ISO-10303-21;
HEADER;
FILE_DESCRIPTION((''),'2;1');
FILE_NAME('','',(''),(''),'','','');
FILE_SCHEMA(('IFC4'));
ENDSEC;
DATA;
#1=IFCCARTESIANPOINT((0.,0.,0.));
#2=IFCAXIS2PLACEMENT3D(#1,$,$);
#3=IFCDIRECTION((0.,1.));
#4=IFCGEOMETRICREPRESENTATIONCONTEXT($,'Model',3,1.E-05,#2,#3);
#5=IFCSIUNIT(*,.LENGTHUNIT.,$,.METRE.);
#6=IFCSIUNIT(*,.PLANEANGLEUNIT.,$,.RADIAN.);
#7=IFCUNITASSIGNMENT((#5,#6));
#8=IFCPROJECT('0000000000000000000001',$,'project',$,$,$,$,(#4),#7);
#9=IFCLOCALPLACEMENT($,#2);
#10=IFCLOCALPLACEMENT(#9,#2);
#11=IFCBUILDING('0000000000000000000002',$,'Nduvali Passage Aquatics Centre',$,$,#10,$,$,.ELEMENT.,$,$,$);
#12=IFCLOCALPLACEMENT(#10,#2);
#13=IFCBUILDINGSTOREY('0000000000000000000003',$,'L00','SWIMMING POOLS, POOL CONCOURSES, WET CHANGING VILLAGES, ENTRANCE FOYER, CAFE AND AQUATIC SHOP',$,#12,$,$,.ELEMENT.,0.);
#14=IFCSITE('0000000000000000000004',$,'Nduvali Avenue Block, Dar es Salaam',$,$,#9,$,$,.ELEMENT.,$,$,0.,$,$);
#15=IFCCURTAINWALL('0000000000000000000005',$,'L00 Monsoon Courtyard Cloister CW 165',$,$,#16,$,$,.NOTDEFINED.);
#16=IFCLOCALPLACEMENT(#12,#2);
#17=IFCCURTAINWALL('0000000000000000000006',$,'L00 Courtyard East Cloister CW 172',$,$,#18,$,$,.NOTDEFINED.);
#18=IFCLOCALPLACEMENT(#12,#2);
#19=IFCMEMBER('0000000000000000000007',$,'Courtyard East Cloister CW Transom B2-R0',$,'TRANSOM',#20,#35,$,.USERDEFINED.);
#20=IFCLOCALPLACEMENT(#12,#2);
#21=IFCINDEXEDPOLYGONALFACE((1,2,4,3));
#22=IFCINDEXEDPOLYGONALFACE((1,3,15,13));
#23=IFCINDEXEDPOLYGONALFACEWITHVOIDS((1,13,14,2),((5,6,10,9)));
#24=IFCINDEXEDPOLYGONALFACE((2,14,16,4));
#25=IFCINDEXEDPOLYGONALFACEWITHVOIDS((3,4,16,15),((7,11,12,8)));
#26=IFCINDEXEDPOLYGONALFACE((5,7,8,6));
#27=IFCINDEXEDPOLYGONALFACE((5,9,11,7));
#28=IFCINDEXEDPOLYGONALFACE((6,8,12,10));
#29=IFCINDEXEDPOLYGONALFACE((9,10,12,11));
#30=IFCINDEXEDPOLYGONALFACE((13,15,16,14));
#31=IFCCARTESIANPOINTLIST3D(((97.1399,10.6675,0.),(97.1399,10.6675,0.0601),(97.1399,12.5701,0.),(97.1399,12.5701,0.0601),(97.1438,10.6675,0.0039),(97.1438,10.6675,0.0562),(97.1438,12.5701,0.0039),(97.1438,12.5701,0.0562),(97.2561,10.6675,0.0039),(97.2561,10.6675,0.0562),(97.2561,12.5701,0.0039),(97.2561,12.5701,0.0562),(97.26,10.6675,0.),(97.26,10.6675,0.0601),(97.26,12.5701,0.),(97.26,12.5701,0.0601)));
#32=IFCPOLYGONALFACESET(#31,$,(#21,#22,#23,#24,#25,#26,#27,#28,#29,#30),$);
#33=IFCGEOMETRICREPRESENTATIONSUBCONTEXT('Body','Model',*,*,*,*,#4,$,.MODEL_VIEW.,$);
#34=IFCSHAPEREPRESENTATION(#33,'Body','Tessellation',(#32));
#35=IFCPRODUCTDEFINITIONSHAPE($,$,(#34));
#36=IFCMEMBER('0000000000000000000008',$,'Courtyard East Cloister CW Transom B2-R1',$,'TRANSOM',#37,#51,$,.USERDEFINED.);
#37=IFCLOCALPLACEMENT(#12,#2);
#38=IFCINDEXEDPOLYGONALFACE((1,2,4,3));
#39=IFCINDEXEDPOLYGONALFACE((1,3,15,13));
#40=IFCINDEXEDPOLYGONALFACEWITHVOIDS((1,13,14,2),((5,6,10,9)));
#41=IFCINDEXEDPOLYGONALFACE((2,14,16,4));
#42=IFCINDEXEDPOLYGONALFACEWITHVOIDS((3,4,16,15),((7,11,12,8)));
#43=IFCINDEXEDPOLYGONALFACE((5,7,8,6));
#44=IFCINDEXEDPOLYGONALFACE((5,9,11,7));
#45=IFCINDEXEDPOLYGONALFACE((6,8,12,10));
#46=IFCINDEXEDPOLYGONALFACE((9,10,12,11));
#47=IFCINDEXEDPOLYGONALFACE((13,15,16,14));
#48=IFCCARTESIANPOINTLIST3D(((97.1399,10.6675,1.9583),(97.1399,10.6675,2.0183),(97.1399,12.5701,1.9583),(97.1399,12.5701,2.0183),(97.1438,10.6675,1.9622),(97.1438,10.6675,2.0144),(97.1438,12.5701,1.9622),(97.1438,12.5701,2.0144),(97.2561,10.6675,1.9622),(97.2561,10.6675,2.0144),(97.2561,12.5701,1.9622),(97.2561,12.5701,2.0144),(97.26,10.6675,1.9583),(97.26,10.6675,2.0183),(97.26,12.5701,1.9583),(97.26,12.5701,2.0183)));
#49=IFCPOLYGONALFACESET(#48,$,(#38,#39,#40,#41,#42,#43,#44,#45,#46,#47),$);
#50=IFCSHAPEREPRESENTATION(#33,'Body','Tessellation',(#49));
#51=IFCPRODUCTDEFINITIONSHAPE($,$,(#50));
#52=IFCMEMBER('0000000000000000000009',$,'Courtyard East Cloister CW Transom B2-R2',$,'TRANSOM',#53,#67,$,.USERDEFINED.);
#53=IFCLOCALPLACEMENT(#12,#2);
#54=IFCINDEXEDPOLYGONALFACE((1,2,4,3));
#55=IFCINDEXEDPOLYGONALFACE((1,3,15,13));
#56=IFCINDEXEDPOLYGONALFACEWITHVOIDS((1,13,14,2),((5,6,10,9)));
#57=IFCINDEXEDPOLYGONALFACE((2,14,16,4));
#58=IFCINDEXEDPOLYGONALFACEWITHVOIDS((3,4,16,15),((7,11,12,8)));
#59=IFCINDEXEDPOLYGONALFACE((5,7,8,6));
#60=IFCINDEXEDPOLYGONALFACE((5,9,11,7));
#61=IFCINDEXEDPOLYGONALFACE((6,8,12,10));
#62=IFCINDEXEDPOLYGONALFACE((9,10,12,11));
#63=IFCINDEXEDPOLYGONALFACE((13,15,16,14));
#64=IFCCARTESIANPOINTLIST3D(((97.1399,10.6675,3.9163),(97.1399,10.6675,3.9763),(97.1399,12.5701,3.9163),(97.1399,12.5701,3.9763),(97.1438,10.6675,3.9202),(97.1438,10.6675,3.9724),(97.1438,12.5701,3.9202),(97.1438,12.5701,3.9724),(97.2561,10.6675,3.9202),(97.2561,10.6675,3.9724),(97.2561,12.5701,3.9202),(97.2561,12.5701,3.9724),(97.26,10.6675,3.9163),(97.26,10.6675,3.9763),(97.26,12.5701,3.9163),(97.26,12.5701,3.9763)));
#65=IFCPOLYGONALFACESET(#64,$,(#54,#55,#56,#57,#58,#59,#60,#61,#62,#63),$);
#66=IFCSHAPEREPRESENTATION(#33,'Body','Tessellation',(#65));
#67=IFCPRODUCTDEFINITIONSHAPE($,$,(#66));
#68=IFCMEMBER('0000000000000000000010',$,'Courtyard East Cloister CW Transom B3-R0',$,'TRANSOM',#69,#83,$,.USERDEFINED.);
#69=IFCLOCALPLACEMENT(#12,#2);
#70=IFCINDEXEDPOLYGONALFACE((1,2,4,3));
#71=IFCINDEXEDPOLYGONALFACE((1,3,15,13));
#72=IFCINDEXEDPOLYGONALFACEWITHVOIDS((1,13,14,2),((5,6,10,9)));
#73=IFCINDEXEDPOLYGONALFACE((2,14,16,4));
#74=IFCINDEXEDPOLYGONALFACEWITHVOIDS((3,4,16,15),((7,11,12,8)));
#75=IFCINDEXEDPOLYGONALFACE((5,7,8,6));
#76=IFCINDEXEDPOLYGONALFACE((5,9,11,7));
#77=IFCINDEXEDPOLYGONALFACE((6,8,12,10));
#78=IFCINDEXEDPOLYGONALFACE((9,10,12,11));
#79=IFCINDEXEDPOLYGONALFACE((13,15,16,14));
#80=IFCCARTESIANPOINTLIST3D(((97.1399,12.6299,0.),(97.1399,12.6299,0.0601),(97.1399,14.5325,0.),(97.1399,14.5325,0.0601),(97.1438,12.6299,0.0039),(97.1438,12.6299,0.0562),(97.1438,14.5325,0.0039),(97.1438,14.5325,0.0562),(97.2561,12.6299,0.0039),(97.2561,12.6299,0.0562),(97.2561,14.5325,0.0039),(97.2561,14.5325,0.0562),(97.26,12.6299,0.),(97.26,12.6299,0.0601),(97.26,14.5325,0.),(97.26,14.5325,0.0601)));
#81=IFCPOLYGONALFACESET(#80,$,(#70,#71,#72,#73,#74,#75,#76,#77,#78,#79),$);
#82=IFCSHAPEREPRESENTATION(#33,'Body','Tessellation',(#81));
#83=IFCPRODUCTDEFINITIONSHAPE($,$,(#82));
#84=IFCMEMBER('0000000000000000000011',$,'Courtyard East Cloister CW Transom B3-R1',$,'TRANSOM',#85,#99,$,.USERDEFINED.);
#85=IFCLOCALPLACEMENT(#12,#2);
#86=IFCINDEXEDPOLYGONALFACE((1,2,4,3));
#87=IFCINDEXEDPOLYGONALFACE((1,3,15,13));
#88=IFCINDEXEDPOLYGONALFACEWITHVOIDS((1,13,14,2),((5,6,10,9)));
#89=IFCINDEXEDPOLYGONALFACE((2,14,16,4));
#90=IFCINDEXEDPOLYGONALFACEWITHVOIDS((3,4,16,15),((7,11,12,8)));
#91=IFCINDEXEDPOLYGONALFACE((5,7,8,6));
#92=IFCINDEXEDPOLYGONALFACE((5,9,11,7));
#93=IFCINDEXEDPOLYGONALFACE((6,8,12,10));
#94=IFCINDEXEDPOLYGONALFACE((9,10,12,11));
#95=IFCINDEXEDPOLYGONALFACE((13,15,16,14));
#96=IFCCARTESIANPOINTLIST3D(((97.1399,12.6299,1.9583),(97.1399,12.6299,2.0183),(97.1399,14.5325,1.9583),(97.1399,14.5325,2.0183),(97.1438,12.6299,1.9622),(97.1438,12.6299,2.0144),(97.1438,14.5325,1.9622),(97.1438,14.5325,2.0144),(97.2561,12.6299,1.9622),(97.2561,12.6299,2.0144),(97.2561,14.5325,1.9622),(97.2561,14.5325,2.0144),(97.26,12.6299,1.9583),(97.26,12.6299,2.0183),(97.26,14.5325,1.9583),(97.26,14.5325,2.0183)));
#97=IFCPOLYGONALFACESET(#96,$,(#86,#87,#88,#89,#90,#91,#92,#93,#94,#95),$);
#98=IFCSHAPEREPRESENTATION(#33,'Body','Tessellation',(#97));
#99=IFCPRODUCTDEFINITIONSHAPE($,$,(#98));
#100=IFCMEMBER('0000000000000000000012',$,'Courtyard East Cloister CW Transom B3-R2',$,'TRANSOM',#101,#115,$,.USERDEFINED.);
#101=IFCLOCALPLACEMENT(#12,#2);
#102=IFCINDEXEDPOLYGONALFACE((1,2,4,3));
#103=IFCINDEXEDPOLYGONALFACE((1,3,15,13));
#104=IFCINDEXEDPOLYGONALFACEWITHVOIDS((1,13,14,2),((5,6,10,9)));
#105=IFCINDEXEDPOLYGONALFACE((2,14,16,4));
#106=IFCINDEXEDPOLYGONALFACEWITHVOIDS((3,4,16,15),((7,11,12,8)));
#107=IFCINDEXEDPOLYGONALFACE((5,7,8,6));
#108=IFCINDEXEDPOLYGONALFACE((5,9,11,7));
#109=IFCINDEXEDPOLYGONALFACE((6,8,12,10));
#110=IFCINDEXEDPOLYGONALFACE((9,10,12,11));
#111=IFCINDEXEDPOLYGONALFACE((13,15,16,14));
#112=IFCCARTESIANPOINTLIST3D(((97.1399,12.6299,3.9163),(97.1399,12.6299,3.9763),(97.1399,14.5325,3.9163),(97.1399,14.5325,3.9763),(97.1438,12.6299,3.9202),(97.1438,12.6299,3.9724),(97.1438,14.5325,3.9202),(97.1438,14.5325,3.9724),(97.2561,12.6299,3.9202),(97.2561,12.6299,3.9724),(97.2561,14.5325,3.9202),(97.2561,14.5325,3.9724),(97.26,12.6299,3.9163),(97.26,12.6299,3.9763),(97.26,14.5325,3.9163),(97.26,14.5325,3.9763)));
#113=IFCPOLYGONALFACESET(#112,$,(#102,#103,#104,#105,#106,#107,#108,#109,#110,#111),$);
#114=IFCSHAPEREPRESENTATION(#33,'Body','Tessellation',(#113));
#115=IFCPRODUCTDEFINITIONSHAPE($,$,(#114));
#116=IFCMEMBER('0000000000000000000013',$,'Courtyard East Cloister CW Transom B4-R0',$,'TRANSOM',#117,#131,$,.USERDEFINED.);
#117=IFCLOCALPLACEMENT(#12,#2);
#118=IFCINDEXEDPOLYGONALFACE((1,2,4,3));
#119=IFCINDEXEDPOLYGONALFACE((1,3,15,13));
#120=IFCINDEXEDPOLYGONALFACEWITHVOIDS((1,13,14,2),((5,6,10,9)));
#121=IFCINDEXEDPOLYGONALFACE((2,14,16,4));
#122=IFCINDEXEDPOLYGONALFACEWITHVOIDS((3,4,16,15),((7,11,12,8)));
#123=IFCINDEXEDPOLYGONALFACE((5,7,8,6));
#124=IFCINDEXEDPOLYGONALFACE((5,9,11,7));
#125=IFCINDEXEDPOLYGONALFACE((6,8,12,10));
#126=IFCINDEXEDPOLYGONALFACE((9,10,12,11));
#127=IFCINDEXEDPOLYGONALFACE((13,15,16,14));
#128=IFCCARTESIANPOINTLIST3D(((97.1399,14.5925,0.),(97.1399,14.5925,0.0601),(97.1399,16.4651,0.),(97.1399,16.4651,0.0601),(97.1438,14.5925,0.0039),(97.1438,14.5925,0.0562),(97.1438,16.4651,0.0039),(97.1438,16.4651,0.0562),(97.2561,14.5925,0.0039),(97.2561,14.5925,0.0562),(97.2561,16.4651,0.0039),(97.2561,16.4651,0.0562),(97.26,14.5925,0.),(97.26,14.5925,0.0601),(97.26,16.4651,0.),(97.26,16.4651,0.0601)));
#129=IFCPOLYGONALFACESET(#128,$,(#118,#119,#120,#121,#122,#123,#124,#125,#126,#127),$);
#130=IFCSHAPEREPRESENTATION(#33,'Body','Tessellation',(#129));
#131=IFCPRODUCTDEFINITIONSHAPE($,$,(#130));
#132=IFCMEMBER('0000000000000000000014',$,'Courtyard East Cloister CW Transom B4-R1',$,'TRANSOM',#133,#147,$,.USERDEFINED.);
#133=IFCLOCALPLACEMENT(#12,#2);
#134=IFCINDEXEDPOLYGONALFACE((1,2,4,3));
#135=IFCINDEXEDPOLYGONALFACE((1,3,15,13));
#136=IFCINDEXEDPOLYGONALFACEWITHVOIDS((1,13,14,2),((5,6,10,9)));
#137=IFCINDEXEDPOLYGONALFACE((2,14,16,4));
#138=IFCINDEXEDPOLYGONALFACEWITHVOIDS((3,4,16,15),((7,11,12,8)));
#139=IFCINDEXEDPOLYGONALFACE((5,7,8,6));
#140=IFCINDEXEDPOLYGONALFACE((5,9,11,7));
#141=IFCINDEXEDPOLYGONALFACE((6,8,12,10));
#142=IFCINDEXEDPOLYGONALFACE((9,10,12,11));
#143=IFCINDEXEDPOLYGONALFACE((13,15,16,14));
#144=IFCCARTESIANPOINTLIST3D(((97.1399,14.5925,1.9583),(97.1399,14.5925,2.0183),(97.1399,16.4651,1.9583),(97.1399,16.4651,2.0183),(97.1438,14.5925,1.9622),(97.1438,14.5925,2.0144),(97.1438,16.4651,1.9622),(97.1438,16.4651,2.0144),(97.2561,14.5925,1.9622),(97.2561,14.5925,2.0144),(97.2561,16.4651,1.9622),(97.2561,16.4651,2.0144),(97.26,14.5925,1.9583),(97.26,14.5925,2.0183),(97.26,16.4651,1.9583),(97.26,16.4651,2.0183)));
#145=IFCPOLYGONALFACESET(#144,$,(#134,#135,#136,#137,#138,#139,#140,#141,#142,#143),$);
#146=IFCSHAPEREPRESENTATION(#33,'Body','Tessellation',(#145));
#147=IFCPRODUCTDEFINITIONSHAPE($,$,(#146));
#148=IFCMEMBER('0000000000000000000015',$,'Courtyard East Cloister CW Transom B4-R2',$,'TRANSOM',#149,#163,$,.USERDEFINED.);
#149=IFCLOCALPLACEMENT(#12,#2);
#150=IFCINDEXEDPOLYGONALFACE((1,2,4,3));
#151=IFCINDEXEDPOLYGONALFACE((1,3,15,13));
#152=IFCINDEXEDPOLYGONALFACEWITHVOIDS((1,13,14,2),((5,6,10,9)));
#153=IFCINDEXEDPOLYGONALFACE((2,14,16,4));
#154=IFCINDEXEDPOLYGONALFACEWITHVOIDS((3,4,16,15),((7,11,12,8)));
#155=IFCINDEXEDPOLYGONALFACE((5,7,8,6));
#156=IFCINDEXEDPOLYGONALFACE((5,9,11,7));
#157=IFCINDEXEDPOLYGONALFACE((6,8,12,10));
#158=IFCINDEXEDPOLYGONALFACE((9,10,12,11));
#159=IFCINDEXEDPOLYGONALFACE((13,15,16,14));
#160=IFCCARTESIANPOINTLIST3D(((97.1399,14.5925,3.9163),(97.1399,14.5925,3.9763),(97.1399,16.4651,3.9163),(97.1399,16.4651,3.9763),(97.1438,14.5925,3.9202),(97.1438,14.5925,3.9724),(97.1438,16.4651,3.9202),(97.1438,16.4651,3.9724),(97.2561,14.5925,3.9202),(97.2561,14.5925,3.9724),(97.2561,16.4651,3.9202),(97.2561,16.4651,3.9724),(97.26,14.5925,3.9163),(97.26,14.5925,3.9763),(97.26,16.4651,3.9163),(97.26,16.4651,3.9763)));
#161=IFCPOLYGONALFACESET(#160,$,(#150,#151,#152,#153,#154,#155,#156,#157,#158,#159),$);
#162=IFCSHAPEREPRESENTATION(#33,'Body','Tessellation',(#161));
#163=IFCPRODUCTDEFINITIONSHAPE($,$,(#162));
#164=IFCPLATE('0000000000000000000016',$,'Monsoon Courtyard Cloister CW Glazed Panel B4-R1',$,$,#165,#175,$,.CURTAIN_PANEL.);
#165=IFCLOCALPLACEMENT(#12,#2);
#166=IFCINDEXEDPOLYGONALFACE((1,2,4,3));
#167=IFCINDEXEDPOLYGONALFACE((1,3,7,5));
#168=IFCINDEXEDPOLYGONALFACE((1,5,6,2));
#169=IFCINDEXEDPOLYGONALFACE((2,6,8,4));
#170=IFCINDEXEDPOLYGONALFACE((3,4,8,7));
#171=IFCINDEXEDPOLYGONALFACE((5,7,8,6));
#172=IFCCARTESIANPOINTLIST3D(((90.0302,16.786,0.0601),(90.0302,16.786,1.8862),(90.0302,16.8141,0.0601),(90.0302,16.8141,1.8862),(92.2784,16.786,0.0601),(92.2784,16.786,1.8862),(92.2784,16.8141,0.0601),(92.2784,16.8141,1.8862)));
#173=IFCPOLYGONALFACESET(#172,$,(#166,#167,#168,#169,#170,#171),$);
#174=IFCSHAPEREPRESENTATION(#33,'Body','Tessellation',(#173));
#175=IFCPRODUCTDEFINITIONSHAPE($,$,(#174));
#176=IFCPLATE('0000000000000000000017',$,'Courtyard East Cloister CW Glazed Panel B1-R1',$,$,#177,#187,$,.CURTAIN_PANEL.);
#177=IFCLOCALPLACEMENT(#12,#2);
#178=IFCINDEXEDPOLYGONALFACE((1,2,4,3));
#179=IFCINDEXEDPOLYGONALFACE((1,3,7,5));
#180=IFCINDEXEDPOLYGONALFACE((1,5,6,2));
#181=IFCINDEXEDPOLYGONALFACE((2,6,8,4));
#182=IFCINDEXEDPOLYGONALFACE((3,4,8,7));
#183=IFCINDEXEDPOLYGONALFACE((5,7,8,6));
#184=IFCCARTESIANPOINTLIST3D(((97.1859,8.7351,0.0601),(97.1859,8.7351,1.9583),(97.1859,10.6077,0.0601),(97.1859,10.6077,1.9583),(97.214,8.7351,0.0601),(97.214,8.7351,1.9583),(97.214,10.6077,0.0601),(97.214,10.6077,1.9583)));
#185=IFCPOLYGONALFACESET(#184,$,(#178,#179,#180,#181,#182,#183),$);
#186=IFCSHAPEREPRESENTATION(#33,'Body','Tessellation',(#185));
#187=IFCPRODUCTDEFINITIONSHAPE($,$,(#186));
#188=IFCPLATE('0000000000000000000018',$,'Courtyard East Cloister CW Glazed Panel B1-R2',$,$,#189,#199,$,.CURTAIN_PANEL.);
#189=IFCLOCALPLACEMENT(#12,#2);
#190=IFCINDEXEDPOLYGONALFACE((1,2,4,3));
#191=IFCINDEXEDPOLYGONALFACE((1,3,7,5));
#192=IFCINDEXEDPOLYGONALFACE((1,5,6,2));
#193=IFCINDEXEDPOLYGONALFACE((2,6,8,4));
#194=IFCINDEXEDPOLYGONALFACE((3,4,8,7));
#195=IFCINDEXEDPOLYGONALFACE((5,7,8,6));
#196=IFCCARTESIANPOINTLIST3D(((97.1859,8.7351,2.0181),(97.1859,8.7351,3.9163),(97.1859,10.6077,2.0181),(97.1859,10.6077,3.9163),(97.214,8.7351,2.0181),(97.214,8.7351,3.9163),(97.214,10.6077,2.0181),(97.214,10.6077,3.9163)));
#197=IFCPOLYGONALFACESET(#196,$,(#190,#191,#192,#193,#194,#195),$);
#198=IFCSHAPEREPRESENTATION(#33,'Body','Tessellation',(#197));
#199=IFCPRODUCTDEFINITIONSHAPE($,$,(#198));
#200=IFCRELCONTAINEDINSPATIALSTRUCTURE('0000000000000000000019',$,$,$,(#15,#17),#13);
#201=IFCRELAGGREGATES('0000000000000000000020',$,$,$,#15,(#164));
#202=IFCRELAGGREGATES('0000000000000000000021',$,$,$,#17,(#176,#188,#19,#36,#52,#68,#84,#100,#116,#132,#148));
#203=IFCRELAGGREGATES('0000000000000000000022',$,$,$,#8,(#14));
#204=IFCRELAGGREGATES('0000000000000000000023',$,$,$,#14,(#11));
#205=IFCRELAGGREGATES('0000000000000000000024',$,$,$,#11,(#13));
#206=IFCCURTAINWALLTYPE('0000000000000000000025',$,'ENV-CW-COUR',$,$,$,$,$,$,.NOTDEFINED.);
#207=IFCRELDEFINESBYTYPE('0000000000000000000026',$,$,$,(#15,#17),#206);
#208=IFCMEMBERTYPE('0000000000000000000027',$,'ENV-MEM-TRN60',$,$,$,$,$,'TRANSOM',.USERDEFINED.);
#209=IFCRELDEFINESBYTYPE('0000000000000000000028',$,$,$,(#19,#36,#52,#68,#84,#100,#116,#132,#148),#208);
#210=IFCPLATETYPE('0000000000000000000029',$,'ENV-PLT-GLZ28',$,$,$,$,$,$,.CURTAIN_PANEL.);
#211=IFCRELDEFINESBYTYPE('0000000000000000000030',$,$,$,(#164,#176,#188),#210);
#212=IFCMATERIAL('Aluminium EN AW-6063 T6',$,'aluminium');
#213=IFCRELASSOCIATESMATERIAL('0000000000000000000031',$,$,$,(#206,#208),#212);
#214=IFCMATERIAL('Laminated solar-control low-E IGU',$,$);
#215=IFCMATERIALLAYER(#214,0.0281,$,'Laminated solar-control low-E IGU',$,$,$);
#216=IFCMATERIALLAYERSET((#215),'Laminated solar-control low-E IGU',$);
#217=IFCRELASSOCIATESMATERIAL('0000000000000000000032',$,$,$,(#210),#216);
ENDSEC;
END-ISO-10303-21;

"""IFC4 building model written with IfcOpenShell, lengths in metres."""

from ifc_helpers import new_model, si_unit, direction, frame, origin, origin_2d, place, context, subcontext, project, spatial, rectangle, hollow_rectangle, extrude, material, layer, layer_set, material_profile, profile_set, type_object, element, aggregate, save


model = new_model("IFC4")

# Units and contexts
model_context = context("Model", 3, precision=1e-05, world=origin(), true_north=direction((0.0, 1.0)))
body_context = subcontext(model_context, "Body", "Model", "MODEL_VIEW")
ifc_project = project(units=[si_unit("LENGTHUNIT", "METRE"), si_unit("PLANEANGLEUNIT", "RADIAN")], contexts=[model_context])

# Site, building, storey
site_placement = place(None, origin())
site = spatial("IfcSite", under=ifc_project, at=site_placement, Name="Nduvali Avenue Block, Dar es Salaam", CompositionType="ELEMENT", RefElevation=0.0)
building_placement = place(site_placement, origin())
building = spatial("IfcBuilding", under=site, at=building_placement, Name="Nduvali Passage Aquatics Centre", CompositionType="ELEMENT")
storey_placement = place(building_placement, origin())
storey = spatial("IfcBuildingStorey", under=building, at=storey_placement, Name="L00", Description="SWIMMING POOLS, POOL CONCOURSES, WET CHANGING VILLAGES, ENTRANCE FOYER, CAFE AND AQUATIC SHOP", CompositionType="ELEMENT", Elevation=0.0)

# Curtain wall
ifc_material_1 = material(Name="Aluminium EN AW-6063 T6", Category="aluminium")
curtain_wall_type = type_object("IfcCurtainWallType", Name="ENV-CW-COUR", PredefinedType="NOTDEFINED", material=ifc_material_1)
curtain_wall_1_placement = place(storey_placement, origin())
curtain_wall_1 = element("IfcCurtainWall", 1, at=curtain_wall_1_placement, inside=storey, type_object=curtain_wall_type, Name="L00 Monsoon Courtyard Cloister CW 165", PredefinedType="NOTDEFINED")

# Curtain wall
curtain_wall_2_placement = place(storey_placement, origin())
curtain_wall_2 = element("IfcCurtainWall", 2, at=curtain_wall_2_placement, inside=storey, type_object=curtain_wall_type, Name="L00 Courtyard East Cloister CW 172", PredefinedType="NOTDEFINED")

# Members
ifc_material_profile_1 = material_profile(ifc_material_1, hollow_rectangle(XDim=0.1201, YDim=0.0601, WallThickness=0.0039, at=origin_2d()), Name="ALU TRANSOM 120x60x4")
ifc_profile_set_1 = profile_set([ifc_material_profile_1], Name="Aluminium EN AW-6063 T6")
member_type_1 = type_object("IfcMemberType", Name="ENV-MEM-TRN60", ElementType="TRANSOM", PredefinedType="USERDEFINED", material=ifc_profile_set_1)
member_1_placement = place(storey_placement, frame((97.2, 10.6675, 0.03), z_axis=(0.0, 1.0, 0.0), x_axis=(-1.0, 0.0, 0.0)))
member_1 = element("IfcMember", 3, at=member_1_placement, type_object=member_type_1, Name="Courtyard East Cloister CW Transom B2-R0", ObjectType="TRANSOM", PredefinedType="USERDEFINED", context=body_context, shape_type="SweptSolid", body=[
    extrude(hollow_rectangle(XDim=0.1201, YDim=0.0601, WallThickness=0.0039, at=origin_2d()), origin(), (0.0, 0.0, 1.0), 1.9026),
])
member_2_placement = place(storey_placement, frame((97.2, 10.6675, 1.9883), z_axis=(0.0, 1.0, 0.0), x_axis=(-1.0, 0.0, 0.0)))
member_2 = element("IfcMember", 4, at=member_2_placement, type_object=member_type_1, Name="Courtyard East Cloister CW Transom B2-R1", ObjectType="TRANSOM", PredefinedType="USERDEFINED", context=body_context, shape_type="SweptSolid", body=[
    extrude(hollow_rectangle(XDim=0.1201, YDim=0.0601, WallThickness=0.0039, at=origin_2d()), origin(), (0.0, 0.0, 1.0), 1.9026),
])
member_3_placement = place(storey_placement, frame((97.2, 10.6675, 3.9463), z_axis=(0.0, 1.0, 0.0), x_axis=(-1.0, 0.0, 0.0)))
member_3 = element("IfcMember", 5, at=member_3_placement, type_object=member_type_1, Name="Courtyard East Cloister CW Transom B2-R2", ObjectType="TRANSOM", PredefinedType="USERDEFINED", context=body_context, shape_type="SweptSolid", body=[
    extrude(hollow_rectangle(XDim=0.1201, YDim=0.0601, WallThickness=0.0039, at=origin_2d()), origin(), (0.0, 0.0, 1.0), 1.9026),
])
member_4_placement = place(storey_placement, frame((97.2, 12.6299, 0.03), z_axis=(0.0, 1.0, 0.0), x_axis=(-1.0, 0.0, 0.0)))
member_4 = element("IfcMember", 6, at=member_4_placement, type_object=member_type_1, Name="Courtyard East Cloister CW Transom B3-R0", ObjectType="TRANSOM", PredefinedType="USERDEFINED", context=body_context, shape_type="SweptSolid", body=[
    extrude(hollow_rectangle(XDim=0.1201, YDim=0.0601, WallThickness=0.0039, at=origin_2d()), origin(), (0.0, 0.0, 1.0), 1.9026),
])
member_5_placement = place(storey_placement, frame((97.2, 12.6299, 1.9883), z_axis=(0.0, 1.0, 0.0), x_axis=(-1.0, 0.0, 0.0)))
member_5 = element("IfcMember", 7, at=member_5_placement, type_object=member_type_1, Name="Courtyard East Cloister CW Transom B3-R1", ObjectType="TRANSOM", PredefinedType="USERDEFINED", context=body_context, shape_type="SweptSolid", body=[
    extrude(hollow_rectangle(XDim=0.1201, YDim=0.0601, WallThickness=0.0039, at=origin_2d()), origin(), (0.0, 0.0, 1.0), 1.9026),
])
member_6_placement = place(storey_placement, frame((97.2, 12.6299, 3.9463), z_axis=(0.0, 1.0, 0.0), x_axis=(-1.0, 0.0, 0.0)))
member_6 = element("IfcMember", 8, at=member_6_placement, type_object=member_type_1, Name="Courtyard East Cloister CW Transom B3-R2", ObjectType="TRANSOM", PredefinedType="USERDEFINED", context=body_context, shape_type="SweptSolid", body=[
    extrude(hollow_rectangle(XDim=0.1201, YDim=0.0601, WallThickness=0.0039, at=origin_2d()), origin(), (0.0, 0.0, 1.0), 1.9026),
])
member_7_placement = place(storey_placement, frame((97.2, 14.5925, 0.03), z_axis=(0.0, 1.0, 0.0), x_axis=(-1.0, 0.0, 0.0)))
member_7 = element("IfcMember", 9, at=member_7_placement, type_object=member_type_1, Name="Courtyard East Cloister CW Transom B4-R0", ObjectType="TRANSOM", PredefinedType="USERDEFINED", context=body_context, shape_type="SweptSolid", body=[
    extrude(hollow_rectangle(XDim=0.1201, YDim=0.0601, WallThickness=0.0039, at=origin_2d()), origin(), (0.0, 0.0, 1.0), 1.8726),
])
member_8_placement = place(storey_placement, frame((97.2, 14.5925, 1.9883), z_axis=(0.0, 1.0, 0.0), x_axis=(-1.0, 0.0, 0.0)))
member_8 = element("IfcMember", 10, at=member_8_placement, type_object=member_type_1, Name="Courtyard East Cloister CW Transom B4-R1", ObjectType="TRANSOM", PredefinedType="USERDEFINED", context=body_context, shape_type="SweptSolid", body=[
    extrude(hollow_rectangle(XDim=0.1201, YDim=0.0601, WallThickness=0.0039, at=origin_2d()), origin(), (0.0, 0.0, 1.0), 1.8726),
])
member_9_placement = place(storey_placement, frame((97.2, 14.5925, 3.9463), z_axis=(0.0, 1.0, 0.0), x_axis=(-1.0, 0.0, 0.0)))
member_9 = element("IfcMember", 11, at=member_9_placement, type_object=member_type_1, Name="Courtyard East Cloister CW Transom B4-R2", ObjectType="TRANSOM", PredefinedType="USERDEFINED", context=body_context, shape_type="SweptSolid", body=[
    extrude(hollow_rectangle(XDim=0.1201, YDim=0.0601, WallThickness=0.0039, at=origin_2d()), origin(), (0.0, 0.0, 1.0), 1.8726),
])

# Plates
ifc_material_2 = material(Name="Laminated solar-control low-E IGU")
ifc_layer_1 = layer(ifc_material_2, 0.0281, Name="Laminated solar-control low-E IGU")
ifc_layer_set_1 = layer_set([ifc_layer_1], Name="Laminated solar-control low-E IGU")
plate_type = type_object("IfcPlateType", Name="ENV-PLT-GLZ28", PredefinedType="CURTAIN_PANEL", material=ifc_layer_set_1)
plate_1_placement = place(storey_placement, frame((91.1543, 16.8, 0.0601), z_axis=(0.0, 0.0, 1.0), x_axis=(1.0, 0.0, 0.0)))
plate_1 = element("IfcPlate", 12, at=plate_1_placement, type_object=plate_type, Name="Monsoon Courtyard Cloister CW Glazed Panel B4-R1", PredefinedType="CURTAIN_PANEL", context=body_context, shape_type="SweptSolid", body=[
    extrude(rectangle(XDim=2.2483, YDim=0.0281, at=origin_2d()), origin(), (0.0, 0.0, 1.0), 1.8262),
])
aggregate(curtain_wall_1, [plate_1])
plate_2_placement = place(storey_placement, frame((97.2, 9.6714, 0.0601), z_axis=(0.0, 0.0, 1.0), x_axis=(0.0, 1.0, 0.0)))
plate_2 = element("IfcPlate", 13, at=plate_2_placement, type_object=plate_type, Name="Courtyard East Cloister CW Glazed Panel B1-R1", PredefinedType="CURTAIN_PANEL", context=body_context, shape_type="SweptSolid", body=[
    extrude(rectangle(XDim=1.8726, YDim=0.0281, at=origin_2d()), origin(), (0.0, 0.0, 1.0), 1.8982),
])
plate_3_placement = place(storey_placement, frame((97.2, 9.6714, 2.0181), z_axis=(0.0, 0.0, 1.0), x_axis=(0.0, 1.0, 0.0)))
plate_3 = element("IfcPlate", 14, at=plate_3_placement, type_object=plate_type, Name="Courtyard East Cloister CW Glazed Panel B1-R2", PredefinedType="CURTAIN_PANEL", context=body_context, shape_type="SweptSolid", body=[
    extrude(rectangle(XDim=1.8726, YDim=0.0281, at=origin_2d()), origin(), (0.0, 0.0, 1.0), 1.8982),
])
aggregate(curtain_wall_2, [plate_2, plate_3, member_1, member_2, member_3, member_4, member_5, member_6, member_7, member_8, member_9])

save(model, "model.ifc")
